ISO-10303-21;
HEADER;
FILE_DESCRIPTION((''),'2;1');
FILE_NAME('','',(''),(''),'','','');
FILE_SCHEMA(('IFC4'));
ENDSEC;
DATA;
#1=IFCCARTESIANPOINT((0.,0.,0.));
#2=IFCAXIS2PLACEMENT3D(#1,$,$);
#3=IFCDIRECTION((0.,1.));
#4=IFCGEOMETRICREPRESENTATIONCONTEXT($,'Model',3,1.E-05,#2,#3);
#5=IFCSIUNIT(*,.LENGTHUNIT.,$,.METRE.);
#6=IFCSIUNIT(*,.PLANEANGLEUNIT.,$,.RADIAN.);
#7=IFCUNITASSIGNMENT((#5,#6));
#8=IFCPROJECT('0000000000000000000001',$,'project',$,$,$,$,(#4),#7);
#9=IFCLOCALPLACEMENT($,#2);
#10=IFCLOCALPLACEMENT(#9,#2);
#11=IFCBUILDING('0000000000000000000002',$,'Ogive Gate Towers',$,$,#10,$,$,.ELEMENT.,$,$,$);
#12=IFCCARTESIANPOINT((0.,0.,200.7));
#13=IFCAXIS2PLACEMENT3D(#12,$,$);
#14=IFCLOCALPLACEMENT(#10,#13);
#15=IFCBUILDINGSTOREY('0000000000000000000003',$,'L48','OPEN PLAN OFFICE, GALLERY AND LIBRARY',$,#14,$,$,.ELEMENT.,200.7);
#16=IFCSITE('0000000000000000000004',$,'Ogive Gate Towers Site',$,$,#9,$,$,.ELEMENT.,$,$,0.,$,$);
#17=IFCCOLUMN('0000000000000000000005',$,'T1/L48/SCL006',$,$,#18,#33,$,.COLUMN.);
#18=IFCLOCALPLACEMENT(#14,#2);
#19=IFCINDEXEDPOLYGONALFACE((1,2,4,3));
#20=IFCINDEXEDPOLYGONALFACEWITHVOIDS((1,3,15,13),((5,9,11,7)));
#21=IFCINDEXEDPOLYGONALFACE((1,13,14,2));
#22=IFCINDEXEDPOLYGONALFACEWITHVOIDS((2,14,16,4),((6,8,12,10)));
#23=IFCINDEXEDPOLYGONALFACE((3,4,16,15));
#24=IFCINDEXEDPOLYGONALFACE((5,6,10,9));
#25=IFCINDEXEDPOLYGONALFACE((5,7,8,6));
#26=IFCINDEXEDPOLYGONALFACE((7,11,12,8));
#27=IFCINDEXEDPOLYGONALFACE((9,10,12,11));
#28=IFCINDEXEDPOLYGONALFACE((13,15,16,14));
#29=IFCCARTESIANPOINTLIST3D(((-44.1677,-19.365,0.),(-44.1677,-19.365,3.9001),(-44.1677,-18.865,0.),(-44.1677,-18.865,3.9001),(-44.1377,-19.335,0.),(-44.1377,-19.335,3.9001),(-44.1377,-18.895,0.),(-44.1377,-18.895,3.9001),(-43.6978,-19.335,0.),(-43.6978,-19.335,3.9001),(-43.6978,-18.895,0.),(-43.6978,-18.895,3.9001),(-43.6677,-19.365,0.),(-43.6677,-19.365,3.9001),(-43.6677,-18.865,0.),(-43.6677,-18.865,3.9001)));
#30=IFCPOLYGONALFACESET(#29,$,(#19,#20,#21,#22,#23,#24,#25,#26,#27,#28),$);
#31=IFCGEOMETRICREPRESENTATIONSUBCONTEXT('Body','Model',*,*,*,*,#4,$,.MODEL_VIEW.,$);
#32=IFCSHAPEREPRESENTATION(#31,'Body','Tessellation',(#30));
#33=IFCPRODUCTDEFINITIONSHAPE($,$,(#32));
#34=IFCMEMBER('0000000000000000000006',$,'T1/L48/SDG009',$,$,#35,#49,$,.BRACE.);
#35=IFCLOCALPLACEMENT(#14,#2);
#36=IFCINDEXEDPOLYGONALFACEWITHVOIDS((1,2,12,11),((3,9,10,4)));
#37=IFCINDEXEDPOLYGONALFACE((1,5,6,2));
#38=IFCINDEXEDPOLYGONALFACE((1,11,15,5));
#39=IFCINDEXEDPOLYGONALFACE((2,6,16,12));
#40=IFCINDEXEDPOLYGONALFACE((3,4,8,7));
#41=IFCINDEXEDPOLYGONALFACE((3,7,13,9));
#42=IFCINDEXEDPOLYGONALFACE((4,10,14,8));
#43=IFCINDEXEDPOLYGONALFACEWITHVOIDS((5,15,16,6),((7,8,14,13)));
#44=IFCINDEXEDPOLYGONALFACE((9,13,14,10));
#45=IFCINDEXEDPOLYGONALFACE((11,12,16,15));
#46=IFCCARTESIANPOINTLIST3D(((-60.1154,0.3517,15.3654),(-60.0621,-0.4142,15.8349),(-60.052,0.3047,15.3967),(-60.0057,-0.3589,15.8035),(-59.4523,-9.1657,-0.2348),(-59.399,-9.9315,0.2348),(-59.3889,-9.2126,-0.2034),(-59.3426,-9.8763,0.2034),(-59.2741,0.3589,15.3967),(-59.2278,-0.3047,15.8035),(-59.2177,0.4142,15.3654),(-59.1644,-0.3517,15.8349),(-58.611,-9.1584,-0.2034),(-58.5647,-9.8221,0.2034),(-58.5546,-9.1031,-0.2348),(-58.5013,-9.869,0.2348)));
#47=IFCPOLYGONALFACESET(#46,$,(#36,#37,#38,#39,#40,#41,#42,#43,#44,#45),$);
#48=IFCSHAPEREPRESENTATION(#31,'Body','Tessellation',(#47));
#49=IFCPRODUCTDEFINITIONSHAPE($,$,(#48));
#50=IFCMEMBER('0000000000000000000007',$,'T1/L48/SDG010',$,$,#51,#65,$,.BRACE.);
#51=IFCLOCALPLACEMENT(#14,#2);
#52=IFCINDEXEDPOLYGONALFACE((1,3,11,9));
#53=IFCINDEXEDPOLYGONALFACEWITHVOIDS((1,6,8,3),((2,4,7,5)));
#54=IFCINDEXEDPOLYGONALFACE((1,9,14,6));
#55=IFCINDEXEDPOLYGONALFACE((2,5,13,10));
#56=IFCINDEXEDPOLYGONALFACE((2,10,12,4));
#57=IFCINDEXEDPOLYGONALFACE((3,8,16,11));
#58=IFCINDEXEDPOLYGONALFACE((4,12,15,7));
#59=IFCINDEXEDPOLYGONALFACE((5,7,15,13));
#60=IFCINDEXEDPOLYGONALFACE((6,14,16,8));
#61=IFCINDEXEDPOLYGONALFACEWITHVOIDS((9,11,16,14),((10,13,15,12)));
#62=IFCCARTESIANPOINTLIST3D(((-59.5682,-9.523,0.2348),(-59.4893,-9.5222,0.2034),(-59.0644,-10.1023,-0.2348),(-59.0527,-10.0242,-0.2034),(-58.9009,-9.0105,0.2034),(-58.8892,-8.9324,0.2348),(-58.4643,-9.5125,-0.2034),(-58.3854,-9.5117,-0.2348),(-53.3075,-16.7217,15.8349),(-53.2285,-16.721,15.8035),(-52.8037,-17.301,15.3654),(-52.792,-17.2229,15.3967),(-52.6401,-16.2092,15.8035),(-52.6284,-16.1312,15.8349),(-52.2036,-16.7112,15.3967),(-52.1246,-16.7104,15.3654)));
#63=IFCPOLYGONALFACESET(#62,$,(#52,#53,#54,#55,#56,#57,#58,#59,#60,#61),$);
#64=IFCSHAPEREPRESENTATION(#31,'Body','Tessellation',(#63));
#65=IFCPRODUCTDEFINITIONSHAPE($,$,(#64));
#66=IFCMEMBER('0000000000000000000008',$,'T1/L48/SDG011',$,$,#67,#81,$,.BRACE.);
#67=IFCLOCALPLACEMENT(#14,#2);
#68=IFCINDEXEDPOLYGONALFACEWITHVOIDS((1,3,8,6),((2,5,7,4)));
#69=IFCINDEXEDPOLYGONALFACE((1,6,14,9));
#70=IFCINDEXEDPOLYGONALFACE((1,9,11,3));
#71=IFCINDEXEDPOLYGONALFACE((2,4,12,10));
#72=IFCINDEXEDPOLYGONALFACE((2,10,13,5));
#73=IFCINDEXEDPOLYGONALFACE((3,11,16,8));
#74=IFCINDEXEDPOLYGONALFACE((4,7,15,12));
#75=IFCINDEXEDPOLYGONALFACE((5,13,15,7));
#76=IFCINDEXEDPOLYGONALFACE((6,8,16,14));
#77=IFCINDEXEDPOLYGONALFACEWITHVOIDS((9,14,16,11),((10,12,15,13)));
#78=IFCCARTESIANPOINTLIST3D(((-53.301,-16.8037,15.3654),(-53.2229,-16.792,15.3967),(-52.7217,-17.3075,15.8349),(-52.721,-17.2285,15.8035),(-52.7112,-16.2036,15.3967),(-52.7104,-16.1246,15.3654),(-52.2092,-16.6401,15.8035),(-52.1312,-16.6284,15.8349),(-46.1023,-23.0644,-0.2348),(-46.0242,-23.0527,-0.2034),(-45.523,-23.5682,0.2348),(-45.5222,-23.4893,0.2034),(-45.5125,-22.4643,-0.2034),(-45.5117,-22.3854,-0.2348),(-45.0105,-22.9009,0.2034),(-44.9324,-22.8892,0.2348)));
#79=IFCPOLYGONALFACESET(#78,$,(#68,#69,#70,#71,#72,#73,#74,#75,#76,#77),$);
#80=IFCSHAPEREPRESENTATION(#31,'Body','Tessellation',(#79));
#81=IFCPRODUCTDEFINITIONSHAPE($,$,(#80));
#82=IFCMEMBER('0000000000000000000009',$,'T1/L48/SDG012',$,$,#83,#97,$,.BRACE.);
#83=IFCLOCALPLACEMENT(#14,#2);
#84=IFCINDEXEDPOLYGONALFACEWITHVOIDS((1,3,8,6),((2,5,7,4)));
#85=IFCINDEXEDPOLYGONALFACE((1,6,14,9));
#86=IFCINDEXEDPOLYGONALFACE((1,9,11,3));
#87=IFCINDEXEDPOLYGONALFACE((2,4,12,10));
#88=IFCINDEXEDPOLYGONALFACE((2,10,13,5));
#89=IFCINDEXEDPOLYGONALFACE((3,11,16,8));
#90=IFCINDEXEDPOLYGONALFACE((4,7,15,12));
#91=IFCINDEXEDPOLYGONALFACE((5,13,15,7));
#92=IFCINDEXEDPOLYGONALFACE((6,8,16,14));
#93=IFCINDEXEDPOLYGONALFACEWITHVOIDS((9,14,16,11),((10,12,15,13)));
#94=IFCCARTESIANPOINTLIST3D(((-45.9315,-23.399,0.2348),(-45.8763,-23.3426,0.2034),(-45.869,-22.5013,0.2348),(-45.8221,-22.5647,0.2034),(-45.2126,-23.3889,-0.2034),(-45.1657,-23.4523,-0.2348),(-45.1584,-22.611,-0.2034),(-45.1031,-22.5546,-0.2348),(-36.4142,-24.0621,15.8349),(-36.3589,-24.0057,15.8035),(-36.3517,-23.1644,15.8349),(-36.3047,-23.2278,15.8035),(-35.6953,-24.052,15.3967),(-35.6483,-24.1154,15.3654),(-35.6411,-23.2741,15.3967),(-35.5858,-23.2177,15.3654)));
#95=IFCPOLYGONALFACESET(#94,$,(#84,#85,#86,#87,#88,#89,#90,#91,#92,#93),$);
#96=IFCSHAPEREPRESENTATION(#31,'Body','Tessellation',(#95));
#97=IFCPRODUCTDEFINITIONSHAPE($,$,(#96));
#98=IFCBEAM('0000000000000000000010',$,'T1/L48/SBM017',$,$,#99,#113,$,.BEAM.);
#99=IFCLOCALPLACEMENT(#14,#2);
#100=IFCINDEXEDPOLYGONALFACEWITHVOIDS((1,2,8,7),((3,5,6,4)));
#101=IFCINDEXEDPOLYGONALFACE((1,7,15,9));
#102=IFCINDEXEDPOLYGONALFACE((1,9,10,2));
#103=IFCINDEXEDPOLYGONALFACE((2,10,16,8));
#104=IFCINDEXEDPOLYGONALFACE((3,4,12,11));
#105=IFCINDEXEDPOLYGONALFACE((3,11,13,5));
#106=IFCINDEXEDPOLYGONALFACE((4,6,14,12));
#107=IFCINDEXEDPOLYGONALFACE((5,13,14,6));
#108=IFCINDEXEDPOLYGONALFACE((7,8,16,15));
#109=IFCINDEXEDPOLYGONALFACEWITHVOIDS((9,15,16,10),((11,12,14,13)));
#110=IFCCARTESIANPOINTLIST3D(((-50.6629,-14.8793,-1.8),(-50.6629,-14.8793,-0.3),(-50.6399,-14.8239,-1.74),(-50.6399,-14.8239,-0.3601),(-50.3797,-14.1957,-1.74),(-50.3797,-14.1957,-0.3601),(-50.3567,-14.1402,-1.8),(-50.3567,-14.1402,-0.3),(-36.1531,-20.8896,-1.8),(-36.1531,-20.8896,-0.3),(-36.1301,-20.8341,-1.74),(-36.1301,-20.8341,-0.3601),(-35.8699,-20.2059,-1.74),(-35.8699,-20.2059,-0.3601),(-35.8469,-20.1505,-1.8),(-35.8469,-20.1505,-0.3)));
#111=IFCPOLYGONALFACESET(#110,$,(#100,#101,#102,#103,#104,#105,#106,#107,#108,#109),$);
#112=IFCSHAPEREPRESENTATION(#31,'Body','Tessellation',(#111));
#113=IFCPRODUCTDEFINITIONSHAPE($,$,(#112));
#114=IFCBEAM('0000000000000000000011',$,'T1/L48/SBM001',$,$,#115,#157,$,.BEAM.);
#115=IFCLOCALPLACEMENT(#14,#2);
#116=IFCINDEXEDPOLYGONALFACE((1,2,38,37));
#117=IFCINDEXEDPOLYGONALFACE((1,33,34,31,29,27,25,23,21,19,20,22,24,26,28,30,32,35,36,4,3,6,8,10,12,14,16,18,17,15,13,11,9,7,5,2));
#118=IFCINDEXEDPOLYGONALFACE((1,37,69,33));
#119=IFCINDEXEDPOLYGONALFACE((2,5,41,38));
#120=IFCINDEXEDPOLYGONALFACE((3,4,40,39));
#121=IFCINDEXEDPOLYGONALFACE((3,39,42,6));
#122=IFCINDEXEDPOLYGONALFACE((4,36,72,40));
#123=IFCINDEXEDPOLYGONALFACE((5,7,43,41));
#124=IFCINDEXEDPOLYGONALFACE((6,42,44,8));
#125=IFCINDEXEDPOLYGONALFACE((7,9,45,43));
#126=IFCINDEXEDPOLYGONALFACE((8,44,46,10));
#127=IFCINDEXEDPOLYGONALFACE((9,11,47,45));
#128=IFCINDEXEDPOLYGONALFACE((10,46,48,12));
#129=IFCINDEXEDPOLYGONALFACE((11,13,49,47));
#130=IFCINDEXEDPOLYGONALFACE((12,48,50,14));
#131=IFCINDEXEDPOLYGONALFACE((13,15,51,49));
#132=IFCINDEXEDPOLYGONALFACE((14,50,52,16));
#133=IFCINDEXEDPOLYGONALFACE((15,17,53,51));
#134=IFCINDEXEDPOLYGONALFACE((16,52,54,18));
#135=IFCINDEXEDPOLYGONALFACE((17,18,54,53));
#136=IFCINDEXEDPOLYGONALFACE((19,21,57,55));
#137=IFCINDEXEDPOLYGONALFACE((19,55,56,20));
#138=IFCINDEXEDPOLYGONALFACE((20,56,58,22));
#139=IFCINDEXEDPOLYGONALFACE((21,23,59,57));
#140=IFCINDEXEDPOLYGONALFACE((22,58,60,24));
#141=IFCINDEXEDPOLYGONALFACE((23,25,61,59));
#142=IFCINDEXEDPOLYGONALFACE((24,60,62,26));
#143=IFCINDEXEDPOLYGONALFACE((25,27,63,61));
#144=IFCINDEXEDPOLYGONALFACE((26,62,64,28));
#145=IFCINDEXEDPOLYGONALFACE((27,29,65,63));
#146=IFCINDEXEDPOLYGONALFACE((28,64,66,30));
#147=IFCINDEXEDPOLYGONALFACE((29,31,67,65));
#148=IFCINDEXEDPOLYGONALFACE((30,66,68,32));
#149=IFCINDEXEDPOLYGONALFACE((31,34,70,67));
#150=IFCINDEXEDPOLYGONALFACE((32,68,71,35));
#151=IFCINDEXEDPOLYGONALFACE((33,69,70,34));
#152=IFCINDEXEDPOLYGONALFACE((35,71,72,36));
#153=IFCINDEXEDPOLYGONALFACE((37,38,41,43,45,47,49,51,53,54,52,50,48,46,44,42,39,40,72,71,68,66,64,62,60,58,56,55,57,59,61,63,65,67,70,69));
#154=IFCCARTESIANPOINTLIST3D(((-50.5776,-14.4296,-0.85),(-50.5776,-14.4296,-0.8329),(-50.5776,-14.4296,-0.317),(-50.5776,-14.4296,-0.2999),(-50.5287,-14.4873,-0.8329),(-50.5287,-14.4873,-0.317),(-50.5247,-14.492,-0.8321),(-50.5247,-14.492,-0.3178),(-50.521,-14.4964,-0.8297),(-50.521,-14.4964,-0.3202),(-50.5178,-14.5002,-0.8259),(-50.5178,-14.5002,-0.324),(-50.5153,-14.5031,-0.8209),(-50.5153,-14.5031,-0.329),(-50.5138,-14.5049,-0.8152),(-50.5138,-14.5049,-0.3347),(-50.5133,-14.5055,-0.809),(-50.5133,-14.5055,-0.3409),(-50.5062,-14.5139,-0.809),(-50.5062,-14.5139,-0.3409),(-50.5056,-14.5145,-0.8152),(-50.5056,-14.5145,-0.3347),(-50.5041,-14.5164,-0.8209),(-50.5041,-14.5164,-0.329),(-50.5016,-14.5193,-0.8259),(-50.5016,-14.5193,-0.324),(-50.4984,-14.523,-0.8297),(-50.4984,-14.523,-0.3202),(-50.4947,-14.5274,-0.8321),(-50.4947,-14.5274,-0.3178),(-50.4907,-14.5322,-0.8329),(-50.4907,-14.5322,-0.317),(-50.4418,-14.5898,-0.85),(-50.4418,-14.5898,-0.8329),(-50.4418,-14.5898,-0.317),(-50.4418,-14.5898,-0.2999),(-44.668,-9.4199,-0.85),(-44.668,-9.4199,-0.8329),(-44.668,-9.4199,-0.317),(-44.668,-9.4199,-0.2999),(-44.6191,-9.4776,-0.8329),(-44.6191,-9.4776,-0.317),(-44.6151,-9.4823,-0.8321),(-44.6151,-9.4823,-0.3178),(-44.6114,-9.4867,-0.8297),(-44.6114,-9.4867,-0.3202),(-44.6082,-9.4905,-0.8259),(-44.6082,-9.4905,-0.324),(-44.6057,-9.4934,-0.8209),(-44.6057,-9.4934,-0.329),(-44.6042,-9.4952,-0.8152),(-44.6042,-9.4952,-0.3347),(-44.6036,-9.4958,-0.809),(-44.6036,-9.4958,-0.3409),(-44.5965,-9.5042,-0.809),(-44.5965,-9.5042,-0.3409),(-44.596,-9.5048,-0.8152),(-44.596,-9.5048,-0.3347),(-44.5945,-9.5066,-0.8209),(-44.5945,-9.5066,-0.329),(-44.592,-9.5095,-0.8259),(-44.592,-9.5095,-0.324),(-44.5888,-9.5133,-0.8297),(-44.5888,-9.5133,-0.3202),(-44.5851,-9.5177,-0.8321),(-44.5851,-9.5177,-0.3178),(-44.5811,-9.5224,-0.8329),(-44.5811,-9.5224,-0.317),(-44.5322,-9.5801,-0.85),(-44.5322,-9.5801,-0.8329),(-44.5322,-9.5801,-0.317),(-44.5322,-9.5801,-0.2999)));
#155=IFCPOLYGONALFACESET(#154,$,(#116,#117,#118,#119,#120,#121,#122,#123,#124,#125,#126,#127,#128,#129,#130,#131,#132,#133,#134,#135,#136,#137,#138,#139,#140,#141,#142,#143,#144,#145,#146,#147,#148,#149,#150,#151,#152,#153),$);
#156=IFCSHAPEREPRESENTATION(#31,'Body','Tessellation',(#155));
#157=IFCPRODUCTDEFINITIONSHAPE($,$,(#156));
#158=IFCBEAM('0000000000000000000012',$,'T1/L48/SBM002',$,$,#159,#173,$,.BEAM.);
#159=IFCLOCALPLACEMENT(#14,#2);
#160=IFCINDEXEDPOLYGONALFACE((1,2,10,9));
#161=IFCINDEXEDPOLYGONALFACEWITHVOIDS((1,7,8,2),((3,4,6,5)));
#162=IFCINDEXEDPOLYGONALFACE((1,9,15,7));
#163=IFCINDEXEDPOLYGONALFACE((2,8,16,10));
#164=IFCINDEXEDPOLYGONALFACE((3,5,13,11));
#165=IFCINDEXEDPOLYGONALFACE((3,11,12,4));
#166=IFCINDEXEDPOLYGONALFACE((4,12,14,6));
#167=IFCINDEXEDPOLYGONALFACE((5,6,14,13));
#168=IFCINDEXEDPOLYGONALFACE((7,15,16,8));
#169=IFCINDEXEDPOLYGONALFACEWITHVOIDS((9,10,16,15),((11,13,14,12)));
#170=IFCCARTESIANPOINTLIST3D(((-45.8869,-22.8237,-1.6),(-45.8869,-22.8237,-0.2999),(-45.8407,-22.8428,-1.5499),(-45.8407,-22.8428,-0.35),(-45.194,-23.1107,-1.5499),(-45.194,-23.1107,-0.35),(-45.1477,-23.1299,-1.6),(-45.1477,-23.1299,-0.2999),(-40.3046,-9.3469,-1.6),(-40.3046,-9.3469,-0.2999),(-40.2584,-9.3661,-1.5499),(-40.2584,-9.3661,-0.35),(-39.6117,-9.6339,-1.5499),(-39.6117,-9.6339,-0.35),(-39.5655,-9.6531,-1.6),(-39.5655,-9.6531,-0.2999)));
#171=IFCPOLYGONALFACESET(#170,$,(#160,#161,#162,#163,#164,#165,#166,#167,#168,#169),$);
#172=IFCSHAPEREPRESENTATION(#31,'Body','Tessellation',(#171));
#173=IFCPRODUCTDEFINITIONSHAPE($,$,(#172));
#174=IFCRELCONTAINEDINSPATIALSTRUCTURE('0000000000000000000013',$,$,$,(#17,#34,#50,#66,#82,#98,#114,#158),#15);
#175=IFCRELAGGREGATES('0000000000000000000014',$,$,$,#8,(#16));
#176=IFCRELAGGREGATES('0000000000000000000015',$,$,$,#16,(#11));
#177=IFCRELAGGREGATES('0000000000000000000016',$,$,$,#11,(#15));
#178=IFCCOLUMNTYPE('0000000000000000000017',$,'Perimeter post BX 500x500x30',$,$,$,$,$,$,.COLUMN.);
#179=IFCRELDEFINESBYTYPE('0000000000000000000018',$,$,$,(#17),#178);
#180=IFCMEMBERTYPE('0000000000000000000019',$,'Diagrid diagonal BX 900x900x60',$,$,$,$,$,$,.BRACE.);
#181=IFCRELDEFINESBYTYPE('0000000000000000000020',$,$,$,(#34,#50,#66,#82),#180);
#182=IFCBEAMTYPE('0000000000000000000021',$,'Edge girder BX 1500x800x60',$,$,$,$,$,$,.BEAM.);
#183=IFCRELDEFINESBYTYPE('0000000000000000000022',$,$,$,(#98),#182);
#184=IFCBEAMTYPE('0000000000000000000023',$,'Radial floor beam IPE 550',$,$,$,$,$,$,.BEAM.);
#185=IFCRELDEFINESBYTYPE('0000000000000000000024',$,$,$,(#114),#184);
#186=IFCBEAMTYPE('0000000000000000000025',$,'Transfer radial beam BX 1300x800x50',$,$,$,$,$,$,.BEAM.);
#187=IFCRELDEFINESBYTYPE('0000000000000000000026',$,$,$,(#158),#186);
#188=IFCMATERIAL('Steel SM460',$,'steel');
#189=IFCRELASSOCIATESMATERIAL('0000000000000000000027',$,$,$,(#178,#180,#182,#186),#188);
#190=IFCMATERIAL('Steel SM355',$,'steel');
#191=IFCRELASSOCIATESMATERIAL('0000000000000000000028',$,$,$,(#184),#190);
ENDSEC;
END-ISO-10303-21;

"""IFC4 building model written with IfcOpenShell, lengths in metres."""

from ifc_helpers import new_model, si_unit, direction, frame, origin, origin_2d, place, context, subcontext, project, spatial, hollow_rectangle, i_section, extrude, material, material_profile, profile_set, type_object, element, save


model = new_model("IFC4")

# Units and contexts
model_context = context("Model", 3, precision=1e-05, world=origin(), true_north=direction((0.0, 1.0)))
body_context = subcontext(model_context, "Body", "Model", "MODEL_VIEW")
ifc_project = project(units=[si_unit("LENGTHUNIT", "METRE"), si_unit("PLANEANGLEUNIT", "RADIAN")], contexts=[model_context])

# Site, building, storey
site_placement = place(None, origin())
site = spatial("IfcSite", under=ifc_project, at=site_placement, Name="Ogive Gate Towers Site", CompositionType="ELEMENT", RefElevation=0.0)
building_placement = place(site_placement, origin())
building = spatial("IfcBuilding", under=site, at=building_placement, Name="Ogive Gate Towers", CompositionType="ELEMENT")
storey_placement = place(building_placement, frame((0.0, 0.0, 200.7)))
storey = spatial("IfcBuildingStorey", under=building, at=storey_placement, Name="L48", Description="OPEN PLAN OFFICE, GALLERY AND LIBRARY", CompositionType="ELEMENT", Elevation=200.7)

# Column
ifc_material_1 = material(Name="Steel SM460", Category="steel")
ifc_material_profile_1 = material_profile(ifc_material_1, hollow_rectangle(XDim=0.5, YDim=0.5, WallThickness=0.03, at=origin_2d()), Name="BX 500x500x30")
ifc_profile_set_1 = profile_set([ifc_material_profile_1], Name="Steel SM460")
column_type = type_object("IfcColumnType", Name="Perimeter post BX 500x500x30", PredefinedType="COLUMN", material=ifc_profile_set_1)
column_placement = place(storey_placement, frame((-43.9177, -19.115, 0.0), z_axis=(0.0, 0.0, 1.0), x_axis=(1.0, 0.0, 0.0)))
element("IfcColumn", 1, at=column_placement, inside=storey, type_object=column_type, Name="T1/L48/SCL006", PredefinedType="COLUMN", context=body_context, shape_type="SweptSolid", body=[
    extrude(hollow_rectangle(XDim=0.5, YDim=0.5, WallThickness=0.03, at=origin_2d()), origin(), (0.0, 0.0, 1.0), 3.9001),
])

# Members
ifc_material_profile_2 = material_profile(ifc_material_1, hollow_rectangle(XDim=0.8999, YDim=0.8999, WallThickness=0.0601, at=origin_2d()), Name="BX 900x900x60")
ifc_profile_set_2 = profile_set([ifc_material_profile_2], Name="Steel SM460")
member_type = type_object("IfcMemberType", Name="Diagrid diagonal BX 900x900x60", PredefinedType="BRACE", material=ifc_profile_set_2)
for number, where, z_axis, x_axis, name in (
    (2, (-58.9768, -9.5173, 0.0), (-0.036262, 0.520468, 0.853111), (-0.997582, -0.069503, 0.0), "T1/L48/SDG009"),
    (3, (-58.9768, -9.5173, 0.0), (0.342377, -0.393672, 0.853112), (0.754555, 0.656237, 0.0), "T1/L48/SDG010"),
    (4, (-45.5173, -22.9768, 0.0), (-0.393672, 0.342377, 0.853112), (-0.656237, -0.754555, 0.0), "T1/L48/SDG011"),
    (5, (-45.5173, -22.9768, 0.0), (0.520468, -0.036262, 0.853111), (0.069503, 0.997582, 0.0), "T1/L48/SDG012"),
):
    element("IfcMember", number, at=place(storey_placement, frame(where, z_axis=z_axis, x_axis=x_axis)), inside=storey, type_object=member_type, Name=name, PredefinedType="BRACE", context=body_context, shape_type="SweptSolid", body=[
        extrude(hollow_rectangle(XDim=0.8999, YDim=0.8999, WallThickness=0.0601, at=origin_2d()), origin(), (0.0, 0.0, 1.0), 18.2861),
    ])

# Beams
ifc_material_profile_3 = material_profile(ifc_material_1, hollow_rectangle(XDim=0.8, YDim=1.5, WallThickness=0.0601, at=origin_2d()), Name="BX 1500x800x60")
ifc_profile_set_3 = profile_set([ifc_material_profile_3], Name="Steel SM460")
beam_type_1 = type_object("IfcBeamType", Name="Edge girder BX 1500x800x60", PredefinedType="BEAM", material=ifc_profile_set_3)
beam_1_placement = place(storey_placement, frame((-50.5098, -14.5098, -1.05), z_axis=(0.923877, -0.38269, 0.0), x_axis=(0.38269, 0.923877, 0.0)))
element("IfcBeam", 6, at=beam_1_placement, inside=storey, type_object=beam_type_1, Name="T1/L48/SBM017", PredefinedType="BEAM", context=body_context, shape_type="SweptSolid", body=[
    extrude(hollow_rectangle(XDim=0.8, YDim=1.5, WallThickness=0.0601, at=origin_2d()), origin(), (0.0, 0.0, 1.0), 15.7053),
])
ifc_material_2 = material(Name="Steel SM355", Category="steel")
ifc_material_profile_4 = material_profile(ifc_material_2, i_section(OverallWidth=0.21, OverallDepth=0.55, WebThickness=0.011, FlangeThickness=0.0171, FilletRadius=0.0239, at=origin_2d()), Name="IPE 550")
ifc_profile_set_4 = profile_set([ifc_material_profile_4], Name="Steel SM355")
beam_type_2 = type_object("IfcBeamType", Name="Radial floor beam IPE 550", PredefinedType="BEAM", material=ifc_profile_set_4)
beam_2_placement = place(storey_placement, frame((-44.6001, -9.5, -0.575), z_axis=(-0.762795, -0.64664, 0.0), x_axis=(0.64664, -0.762795, 0.0)))
element("IfcBeam", 7, at=beam_2_placement, inside=storey, type_object=beam_type_2, Name="T1/L48/SBM001", PredefinedType="BEAM", context=body_context, shape_type="SweptSolid", body=[
    extrude(i_section(OverallWidth=0.21, OverallDepth=0.55, WebThickness=0.011, FlangeThickness=0.0171, FilletRadius=0.0239, at=origin_2d()), origin(), (0.0, 0.0, 1.0), 7.7473),
])
ifc_material_profile_5 = material_profile(ifc_material_1, hollow_rectangle(XDim=0.8, YDim=1.3, WallThickness=0.05, at=origin_2d()), Name="BX 1300x800x50")
ifc_profile_set_5 = profile_set([ifc_material_profile_5], Name="Steel SM460")
beam_type_3 = type_object("IfcBeamType", Name="Transfer radial beam BX 1300x800x50", PredefinedType="BEAM", material=ifc_profile_set_5)
beam_3_placement = place(storey_placement, frame((-39.9351, -9.5, -0.95), z_axis=(-0.382683, -0.92388, 0.0), x_axis=(0.92388, -0.382683, 0.0)))
element("IfcBeam", 8, at=beam_3_placement, inside=storey, type_object=beam_type_3, Name="T1/L48/SBM002", PredefinedType="BEAM", context=body_context, shape_type="SweptSolid", body=[
    extrude(hollow_rectangle(XDim=0.8, YDim=1.3, WallThickness=0.05, at=origin_2d()), origin(), (0.0, 0.0, 1.0), 14.5872),
])

save(model, "model.ifc")
